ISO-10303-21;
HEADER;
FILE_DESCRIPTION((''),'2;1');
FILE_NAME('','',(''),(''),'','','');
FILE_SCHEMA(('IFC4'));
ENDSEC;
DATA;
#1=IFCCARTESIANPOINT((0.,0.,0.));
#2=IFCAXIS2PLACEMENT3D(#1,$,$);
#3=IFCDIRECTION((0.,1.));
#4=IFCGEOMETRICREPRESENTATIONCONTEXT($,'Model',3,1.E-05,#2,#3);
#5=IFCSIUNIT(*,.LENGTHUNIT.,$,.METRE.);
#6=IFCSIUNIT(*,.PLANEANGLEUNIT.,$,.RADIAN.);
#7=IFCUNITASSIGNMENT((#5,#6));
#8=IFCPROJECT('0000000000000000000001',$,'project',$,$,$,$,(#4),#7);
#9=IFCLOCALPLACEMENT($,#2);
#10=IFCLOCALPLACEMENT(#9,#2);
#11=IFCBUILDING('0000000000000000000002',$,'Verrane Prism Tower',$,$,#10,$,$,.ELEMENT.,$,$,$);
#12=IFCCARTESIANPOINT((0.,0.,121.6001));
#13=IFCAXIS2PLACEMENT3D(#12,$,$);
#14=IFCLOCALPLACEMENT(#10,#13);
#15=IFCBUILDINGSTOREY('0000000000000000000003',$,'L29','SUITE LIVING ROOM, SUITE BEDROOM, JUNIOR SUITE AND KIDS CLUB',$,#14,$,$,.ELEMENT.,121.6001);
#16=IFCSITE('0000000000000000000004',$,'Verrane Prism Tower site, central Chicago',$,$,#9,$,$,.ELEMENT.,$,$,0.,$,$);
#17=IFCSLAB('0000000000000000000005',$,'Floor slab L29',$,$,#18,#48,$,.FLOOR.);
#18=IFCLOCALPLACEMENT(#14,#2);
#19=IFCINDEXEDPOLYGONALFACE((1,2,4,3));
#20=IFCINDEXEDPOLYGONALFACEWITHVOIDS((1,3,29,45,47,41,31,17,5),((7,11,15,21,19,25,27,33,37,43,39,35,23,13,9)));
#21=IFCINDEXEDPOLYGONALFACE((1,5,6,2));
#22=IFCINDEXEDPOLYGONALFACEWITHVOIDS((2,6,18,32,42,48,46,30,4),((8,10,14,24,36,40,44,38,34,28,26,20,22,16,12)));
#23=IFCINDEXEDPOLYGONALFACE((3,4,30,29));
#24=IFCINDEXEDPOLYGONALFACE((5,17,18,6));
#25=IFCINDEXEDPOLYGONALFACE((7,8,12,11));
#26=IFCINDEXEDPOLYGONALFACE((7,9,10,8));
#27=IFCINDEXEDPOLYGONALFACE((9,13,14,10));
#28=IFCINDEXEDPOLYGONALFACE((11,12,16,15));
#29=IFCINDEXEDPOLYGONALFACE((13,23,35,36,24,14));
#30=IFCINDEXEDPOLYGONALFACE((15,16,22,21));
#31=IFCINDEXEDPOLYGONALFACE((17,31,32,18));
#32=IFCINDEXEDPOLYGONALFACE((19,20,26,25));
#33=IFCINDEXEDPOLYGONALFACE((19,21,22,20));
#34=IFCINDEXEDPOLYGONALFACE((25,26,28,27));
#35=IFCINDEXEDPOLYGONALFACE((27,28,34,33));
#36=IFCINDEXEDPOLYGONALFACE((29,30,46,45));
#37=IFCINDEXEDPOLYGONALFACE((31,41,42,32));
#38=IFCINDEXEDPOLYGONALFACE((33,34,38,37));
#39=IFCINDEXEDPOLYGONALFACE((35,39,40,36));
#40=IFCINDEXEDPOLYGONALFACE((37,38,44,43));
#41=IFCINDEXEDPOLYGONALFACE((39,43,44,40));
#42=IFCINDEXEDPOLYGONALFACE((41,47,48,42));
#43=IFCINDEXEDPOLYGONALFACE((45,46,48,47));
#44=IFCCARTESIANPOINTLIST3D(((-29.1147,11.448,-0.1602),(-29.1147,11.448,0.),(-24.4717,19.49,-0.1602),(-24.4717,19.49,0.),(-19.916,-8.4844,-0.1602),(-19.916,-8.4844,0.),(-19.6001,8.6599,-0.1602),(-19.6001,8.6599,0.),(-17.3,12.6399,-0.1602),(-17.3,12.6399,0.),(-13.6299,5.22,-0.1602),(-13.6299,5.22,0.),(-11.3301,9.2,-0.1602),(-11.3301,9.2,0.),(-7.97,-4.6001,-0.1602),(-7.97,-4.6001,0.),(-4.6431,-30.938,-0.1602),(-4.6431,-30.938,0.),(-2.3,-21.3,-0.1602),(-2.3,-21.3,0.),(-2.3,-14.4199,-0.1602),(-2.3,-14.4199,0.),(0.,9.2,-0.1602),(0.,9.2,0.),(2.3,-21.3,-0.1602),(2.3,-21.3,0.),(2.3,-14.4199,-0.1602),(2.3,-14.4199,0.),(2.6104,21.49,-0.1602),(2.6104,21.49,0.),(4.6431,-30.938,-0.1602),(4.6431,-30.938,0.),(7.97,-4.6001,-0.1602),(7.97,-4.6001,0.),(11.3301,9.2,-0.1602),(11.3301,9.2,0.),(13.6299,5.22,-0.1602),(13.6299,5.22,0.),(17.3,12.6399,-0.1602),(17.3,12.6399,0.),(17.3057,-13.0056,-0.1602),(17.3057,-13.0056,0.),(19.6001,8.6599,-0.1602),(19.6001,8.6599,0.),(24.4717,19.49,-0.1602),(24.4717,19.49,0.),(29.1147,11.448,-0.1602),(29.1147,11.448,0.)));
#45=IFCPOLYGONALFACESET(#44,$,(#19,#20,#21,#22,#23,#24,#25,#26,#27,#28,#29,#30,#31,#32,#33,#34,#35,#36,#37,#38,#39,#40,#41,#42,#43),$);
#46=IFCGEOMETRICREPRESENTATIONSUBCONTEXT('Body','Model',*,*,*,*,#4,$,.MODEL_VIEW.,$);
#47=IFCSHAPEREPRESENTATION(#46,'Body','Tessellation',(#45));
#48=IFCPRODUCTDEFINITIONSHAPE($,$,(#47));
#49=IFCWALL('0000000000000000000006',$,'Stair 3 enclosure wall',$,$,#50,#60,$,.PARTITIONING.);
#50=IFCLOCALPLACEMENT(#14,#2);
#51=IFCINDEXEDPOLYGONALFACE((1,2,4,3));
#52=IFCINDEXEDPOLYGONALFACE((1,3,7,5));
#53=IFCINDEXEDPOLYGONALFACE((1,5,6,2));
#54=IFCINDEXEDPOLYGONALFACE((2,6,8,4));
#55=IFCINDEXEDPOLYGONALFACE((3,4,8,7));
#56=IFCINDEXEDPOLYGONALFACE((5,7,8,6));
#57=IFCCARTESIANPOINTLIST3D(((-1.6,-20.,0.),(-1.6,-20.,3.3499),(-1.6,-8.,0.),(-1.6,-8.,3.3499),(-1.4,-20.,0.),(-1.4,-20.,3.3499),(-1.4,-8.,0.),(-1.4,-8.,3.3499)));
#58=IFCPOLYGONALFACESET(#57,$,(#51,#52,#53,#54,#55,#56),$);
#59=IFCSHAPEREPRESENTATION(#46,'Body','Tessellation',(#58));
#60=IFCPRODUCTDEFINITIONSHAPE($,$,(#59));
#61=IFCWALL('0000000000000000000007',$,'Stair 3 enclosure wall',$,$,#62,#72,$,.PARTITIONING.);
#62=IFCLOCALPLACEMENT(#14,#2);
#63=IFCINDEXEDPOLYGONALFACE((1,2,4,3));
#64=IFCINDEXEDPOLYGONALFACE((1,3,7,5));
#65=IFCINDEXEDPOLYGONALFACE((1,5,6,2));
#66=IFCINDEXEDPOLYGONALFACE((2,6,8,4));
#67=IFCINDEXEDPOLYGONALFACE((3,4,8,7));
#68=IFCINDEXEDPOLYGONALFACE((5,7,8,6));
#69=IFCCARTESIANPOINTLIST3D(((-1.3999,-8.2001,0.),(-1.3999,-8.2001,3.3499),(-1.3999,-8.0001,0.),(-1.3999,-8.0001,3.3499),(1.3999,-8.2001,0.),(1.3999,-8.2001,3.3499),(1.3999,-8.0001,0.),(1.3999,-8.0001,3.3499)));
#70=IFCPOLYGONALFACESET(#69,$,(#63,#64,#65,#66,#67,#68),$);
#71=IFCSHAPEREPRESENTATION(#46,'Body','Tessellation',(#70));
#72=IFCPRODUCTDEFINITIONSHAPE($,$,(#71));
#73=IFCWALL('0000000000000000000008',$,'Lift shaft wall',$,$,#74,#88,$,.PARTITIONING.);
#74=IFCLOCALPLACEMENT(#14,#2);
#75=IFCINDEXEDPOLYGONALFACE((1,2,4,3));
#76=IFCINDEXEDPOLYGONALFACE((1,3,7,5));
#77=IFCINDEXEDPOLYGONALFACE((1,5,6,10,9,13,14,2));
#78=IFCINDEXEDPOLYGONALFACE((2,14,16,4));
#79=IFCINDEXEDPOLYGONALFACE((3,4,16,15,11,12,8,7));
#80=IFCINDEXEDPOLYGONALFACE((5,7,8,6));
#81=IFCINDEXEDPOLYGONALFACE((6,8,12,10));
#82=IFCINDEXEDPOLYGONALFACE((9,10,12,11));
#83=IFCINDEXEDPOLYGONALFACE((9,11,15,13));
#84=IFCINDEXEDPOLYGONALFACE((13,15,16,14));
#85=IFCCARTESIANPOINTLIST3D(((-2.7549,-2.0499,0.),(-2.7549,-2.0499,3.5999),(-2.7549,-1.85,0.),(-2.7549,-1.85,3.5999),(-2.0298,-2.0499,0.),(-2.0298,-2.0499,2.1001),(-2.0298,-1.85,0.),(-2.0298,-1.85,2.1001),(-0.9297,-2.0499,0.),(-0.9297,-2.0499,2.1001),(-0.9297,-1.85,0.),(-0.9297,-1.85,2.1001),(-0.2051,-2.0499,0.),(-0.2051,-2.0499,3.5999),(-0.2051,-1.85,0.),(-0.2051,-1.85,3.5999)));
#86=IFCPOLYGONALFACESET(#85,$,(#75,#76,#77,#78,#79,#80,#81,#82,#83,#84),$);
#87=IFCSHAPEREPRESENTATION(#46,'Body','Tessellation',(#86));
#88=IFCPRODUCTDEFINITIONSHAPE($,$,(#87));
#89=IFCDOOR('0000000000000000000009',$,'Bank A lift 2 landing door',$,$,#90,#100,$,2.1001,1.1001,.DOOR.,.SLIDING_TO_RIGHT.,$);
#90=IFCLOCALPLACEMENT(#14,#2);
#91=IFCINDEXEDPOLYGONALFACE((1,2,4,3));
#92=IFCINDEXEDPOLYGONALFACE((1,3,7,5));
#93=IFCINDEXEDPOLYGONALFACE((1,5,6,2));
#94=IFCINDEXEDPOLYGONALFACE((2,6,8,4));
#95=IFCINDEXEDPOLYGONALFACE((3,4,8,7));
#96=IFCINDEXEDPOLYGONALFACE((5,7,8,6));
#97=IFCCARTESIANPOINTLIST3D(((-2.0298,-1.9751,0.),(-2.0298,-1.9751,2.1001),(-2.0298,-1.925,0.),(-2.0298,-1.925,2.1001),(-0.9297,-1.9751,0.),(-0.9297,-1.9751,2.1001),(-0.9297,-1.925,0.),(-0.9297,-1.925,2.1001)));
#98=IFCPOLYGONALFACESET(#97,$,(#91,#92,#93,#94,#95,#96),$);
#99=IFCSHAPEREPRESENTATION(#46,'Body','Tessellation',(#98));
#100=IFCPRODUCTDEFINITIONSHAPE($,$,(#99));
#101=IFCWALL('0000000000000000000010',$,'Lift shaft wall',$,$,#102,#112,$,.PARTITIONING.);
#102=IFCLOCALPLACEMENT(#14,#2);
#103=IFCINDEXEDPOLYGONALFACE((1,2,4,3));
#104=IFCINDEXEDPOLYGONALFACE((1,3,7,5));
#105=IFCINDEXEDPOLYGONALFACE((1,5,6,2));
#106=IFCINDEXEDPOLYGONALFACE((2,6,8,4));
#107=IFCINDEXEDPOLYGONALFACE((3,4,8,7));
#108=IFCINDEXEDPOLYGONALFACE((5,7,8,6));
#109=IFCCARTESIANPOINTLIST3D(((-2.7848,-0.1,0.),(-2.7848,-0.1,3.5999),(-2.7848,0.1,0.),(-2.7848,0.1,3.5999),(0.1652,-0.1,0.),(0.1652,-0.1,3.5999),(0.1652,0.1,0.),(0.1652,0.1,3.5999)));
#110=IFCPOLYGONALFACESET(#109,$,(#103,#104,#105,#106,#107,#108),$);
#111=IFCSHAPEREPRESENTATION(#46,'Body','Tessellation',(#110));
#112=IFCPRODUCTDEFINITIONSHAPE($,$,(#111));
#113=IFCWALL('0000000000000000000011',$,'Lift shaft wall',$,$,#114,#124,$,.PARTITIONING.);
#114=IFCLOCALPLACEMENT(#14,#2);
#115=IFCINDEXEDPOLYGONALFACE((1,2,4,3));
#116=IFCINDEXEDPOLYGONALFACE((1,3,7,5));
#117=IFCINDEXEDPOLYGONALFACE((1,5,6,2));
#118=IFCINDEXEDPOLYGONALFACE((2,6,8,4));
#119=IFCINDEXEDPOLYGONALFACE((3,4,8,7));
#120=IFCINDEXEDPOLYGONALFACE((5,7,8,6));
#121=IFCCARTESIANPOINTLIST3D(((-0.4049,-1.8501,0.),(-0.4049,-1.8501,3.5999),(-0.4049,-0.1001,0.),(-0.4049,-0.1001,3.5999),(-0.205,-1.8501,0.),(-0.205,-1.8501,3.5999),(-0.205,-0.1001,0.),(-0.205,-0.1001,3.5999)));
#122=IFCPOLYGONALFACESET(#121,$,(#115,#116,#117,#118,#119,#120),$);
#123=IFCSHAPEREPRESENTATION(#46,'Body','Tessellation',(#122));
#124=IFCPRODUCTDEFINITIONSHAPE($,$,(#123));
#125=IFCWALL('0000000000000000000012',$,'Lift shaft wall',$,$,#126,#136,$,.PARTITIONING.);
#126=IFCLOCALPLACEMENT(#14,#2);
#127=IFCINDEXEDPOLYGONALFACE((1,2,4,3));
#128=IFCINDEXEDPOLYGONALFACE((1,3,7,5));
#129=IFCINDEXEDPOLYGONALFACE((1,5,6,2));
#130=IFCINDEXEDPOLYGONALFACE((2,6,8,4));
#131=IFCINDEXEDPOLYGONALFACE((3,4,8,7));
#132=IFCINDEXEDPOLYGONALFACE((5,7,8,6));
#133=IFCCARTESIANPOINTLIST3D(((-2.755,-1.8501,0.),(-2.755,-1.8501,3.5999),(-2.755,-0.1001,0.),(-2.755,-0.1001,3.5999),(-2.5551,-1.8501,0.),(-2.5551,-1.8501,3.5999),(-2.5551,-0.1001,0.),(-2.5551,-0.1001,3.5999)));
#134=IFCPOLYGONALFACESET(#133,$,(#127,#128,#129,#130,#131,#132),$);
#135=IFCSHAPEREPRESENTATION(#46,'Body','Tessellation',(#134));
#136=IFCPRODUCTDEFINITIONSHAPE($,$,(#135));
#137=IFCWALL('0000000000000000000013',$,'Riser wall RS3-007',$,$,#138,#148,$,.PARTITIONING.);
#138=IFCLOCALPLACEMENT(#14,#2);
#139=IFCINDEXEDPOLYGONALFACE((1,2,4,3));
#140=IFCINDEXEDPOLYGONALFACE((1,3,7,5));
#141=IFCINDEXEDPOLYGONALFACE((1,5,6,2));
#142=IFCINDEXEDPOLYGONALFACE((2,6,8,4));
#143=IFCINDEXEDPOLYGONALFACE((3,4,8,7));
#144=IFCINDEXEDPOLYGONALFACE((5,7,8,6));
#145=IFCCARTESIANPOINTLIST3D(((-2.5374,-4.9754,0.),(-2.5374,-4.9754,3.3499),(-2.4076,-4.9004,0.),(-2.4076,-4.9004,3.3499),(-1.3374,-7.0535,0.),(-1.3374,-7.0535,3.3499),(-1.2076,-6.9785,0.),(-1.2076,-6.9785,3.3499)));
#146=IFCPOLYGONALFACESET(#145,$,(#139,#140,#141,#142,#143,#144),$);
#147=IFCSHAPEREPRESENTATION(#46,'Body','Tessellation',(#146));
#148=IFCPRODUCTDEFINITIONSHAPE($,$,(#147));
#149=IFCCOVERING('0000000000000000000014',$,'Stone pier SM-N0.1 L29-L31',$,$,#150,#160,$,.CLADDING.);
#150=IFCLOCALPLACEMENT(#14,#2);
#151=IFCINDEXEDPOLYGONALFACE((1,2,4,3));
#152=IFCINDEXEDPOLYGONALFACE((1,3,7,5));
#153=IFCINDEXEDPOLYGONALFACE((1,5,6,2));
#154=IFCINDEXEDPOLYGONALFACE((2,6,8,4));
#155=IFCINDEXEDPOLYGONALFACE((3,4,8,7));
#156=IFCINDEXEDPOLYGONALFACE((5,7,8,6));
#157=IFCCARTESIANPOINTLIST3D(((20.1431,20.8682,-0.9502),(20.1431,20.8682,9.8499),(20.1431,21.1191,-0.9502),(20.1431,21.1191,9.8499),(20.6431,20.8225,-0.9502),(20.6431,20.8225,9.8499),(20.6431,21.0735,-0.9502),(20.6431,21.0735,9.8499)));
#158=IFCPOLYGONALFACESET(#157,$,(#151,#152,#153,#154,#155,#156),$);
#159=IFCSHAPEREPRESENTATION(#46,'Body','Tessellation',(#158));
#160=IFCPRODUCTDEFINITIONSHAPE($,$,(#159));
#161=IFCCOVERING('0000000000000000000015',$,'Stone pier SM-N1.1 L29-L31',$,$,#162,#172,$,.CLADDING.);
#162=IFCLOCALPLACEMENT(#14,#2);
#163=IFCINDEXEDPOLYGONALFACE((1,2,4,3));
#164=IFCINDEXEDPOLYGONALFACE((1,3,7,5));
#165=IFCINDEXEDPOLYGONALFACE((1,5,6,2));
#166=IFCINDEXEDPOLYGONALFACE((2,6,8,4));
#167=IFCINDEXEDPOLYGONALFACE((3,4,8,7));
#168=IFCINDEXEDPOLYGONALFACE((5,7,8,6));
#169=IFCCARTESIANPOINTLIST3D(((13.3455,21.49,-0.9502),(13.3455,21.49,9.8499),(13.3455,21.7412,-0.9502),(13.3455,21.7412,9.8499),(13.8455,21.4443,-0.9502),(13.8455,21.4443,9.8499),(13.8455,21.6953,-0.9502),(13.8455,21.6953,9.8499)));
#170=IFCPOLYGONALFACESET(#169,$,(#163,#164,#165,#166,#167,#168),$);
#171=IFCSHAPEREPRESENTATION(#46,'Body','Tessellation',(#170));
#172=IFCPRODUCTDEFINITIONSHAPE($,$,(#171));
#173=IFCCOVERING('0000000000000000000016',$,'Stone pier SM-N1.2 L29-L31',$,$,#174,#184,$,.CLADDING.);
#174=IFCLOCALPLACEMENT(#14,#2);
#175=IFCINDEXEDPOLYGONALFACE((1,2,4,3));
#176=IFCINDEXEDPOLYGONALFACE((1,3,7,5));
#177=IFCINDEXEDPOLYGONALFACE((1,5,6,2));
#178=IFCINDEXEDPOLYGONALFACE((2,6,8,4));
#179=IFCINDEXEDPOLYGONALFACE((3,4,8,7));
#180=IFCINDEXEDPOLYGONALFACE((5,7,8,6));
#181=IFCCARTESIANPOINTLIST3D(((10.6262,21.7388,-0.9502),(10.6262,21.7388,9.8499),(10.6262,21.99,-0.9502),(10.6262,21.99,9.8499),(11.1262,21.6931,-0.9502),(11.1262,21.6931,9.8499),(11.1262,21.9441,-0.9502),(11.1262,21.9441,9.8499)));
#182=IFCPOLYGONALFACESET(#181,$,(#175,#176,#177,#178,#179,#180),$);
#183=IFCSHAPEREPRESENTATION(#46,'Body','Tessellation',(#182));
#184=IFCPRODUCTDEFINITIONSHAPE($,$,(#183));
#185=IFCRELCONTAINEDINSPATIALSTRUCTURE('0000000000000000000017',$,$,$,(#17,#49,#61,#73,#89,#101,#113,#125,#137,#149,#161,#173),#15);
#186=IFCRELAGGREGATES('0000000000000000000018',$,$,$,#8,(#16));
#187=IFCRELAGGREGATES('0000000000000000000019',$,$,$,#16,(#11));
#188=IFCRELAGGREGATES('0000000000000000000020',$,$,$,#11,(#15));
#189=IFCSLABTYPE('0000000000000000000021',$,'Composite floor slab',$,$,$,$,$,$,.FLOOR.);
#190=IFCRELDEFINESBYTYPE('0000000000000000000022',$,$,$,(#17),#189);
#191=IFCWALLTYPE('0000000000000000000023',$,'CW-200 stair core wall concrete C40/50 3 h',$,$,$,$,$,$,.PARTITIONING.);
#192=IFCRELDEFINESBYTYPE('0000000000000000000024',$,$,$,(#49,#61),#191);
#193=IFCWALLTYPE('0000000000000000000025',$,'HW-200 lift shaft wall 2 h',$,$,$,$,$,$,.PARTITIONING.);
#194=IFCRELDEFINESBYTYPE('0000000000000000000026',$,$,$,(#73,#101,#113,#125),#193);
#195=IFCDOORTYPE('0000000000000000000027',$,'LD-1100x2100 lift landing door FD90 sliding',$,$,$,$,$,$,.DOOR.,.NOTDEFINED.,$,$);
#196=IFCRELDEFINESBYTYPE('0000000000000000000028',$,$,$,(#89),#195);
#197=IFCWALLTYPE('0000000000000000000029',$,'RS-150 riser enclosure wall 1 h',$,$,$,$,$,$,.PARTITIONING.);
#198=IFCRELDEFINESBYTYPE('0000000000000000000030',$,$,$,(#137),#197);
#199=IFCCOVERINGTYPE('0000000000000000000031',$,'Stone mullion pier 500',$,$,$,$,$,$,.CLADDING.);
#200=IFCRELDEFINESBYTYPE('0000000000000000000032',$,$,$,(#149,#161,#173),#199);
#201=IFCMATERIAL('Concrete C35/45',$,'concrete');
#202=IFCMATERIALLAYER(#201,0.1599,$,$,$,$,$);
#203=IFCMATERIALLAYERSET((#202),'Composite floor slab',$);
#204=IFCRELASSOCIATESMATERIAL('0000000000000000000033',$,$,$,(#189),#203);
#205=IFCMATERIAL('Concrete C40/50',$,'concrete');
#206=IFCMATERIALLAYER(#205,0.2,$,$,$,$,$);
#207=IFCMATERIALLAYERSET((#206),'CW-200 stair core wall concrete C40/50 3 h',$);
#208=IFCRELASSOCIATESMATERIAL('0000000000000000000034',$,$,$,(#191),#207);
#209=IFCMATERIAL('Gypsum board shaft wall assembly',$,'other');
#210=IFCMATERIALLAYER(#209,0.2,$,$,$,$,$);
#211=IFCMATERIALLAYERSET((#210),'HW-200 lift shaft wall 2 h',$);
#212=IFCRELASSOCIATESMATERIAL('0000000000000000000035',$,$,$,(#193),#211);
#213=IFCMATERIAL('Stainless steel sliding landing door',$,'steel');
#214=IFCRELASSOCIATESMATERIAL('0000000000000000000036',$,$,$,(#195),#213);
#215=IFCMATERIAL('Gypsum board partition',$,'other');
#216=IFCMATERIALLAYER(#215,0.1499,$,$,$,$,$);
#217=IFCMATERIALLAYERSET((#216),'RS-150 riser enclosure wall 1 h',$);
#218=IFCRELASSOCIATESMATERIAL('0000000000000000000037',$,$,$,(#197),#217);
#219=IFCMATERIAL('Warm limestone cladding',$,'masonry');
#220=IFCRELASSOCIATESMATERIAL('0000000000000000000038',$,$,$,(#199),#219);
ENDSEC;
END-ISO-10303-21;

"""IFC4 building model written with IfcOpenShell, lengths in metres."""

from ifc_helpers import new_model, si_unit, direction, frame, frame_2d, origin, place, context, subcontext, project, spatial, polyline, rectangle, outline, extrude, material, layer, layer_set, type_object, element, fill, save


model = new_model("IFC4")

# Units and contexts
model_context = context("Model", 3, precision=1e-05, world=origin(), true_north=direction((0.0, 1.0)))
body_context = subcontext(model_context, "Body", "Model", "MODEL_VIEW")
ifc_project = project(units=[si_unit("LENGTHUNIT", "METRE"), si_unit("PLANEANGLEUNIT", "RADIAN")], contexts=[model_context])

# Site, building, storey
site_placement = place(None, origin())
site = spatial("IfcSite", under=ifc_project, at=site_placement, Name="Verrane Prism Tower site, central Chicago", CompositionType="ELEMENT", RefElevation=0.0)
building_placement = place(site_placement, origin())
building = spatial("IfcBuilding", under=site, at=building_placement, Name="Verrane Prism Tower", CompositionType="ELEMENT")
storey_placement = place(building_placement, frame((0.0, 0.0, 121.6001)))
storey = spatial("IfcBuildingStorey", under=building, at=storey_placement, Name="L29", Description="SUITE LIVING ROOM, SUITE BEDROOM, JUNIOR SUITE AND KIDS CLUB", CompositionType="ELEMENT", Elevation=121.6001)

# Slab
ifc_material_1 = material(Name="Concrete C35/45", Category="concrete")
ifc_layer_1 = layer(ifc_material_1, 0.1599)
ifc_layer_set_1 = layer_set([ifc_layer_1], Name="Composite floor slab")
slab_type = type_object("IfcSlabType", Name="Composite floor slab", PredefinedType="FLOOR", material=ifc_layer_set_1)
slab_placement = place(storey_placement, frame((0.0, 0.0, -0.1602)))
element("IfcSlab", 1, at=slab_placement, inside=storey, type_object=slab_type, Name="Floor slab L29", PredefinedType="FLOOR", context=body_context, shape_type="SweptSolid", body=[
    extrude(outline(polyline([(17.3057, -13.0056), (4.6431, -30.938), (-4.6431, -30.938), (-19.916, -8.4844), (-29.1147, 11.448), (-24.4717, 19.49), (2.6104, 21.49), (24.4717, 19.49), (29.1147, 11.448), (17.3057, -13.0056)]), holes=[polyline([(19.6001, 8.6599), (17.3, 12.6399), (11.3301, 9.2), (0.0, 9.2), (-11.3301, 9.2), (-17.3, 12.6399), (-19.6001, 8.6599), (-13.6299, 5.22), (-7.97, -4.6001), (-2.3, -14.4199), (-2.3, -21.3), (2.3, -21.3), (2.3, -14.4199), (7.97, -4.6001), (13.6299, 5.22), (19.6001, 8.6599)])]), origin(), (0.0, 0.0, 1.0), 0.1602),
])

# Walls
ifc_material_2 = material(Name="Concrete C40/50", Category="concrete")
ifc_layer_2 = layer(ifc_material_2, 0.2)
ifc_layer_set_2 = layer_set([ifc_layer_2], Name="CW-200 stair core wall concrete C40/50 3 h")
wall_type_1 = type_object("IfcWallType", Name="CW-200 stair core wall concrete C40/50 3 h", PredefinedType="PARTITIONING", material=ifc_layer_set_2)
wall_1_placement = place(storey_placement, frame((-1.5, -8.0, 0.0), z_axis=(0.0, 0.0, 1.0), x_axis=(0.0, -1.0, 0.0)))
element("IfcWall", 2, at=wall_1_placement, inside=storey, type_object=wall_type_1, Name="Stair 3 enclosure wall", PredefinedType="PARTITIONING", context=body_context, shape_type="SweptSolid", body=[
    extrude(rectangle(XDim=12.0, YDim=0.2, at=frame_2d((6.0, 0.0))), origin(), (0.0, 0.0, 1.0), 3.3499),
])
wall_2_placement = place(storey_placement, frame((-1.3999, -8.1001, 0.0), z_axis=(0.0, 0.0, 1.0), x_axis=(1.0, 0.0, 0.0)))
element("IfcWall", 3, at=wall_2_placement, inside=storey, type_object=wall_type_1, Name="Stair 3 enclosure wall", PredefinedType="PARTITIONING", context=body_context, shape_type="SweptSolid", body=[
    extrude(rectangle(XDim=2.7998, YDim=0.2, at=frame_2d((1.3999, 0.0))), origin(), (0.0, 0.0, 1.0), 3.3499),
])

# Wall, opening, door
ifc_material_3 = material(Name="Gypsum board shaft wall assembly", Category="other")
ifc_layer_3 = layer(ifc_material_3, 0.2)
ifc_layer_set_3 = layer_set([ifc_layer_3], Name="HW-200 lift shaft wall 2 h")
wall_type_2 = type_object("IfcWallType", Name="HW-200 lift shaft wall 2 h", PredefinedType="PARTITIONING", material=ifc_layer_set_3)
wall_3_placement = place(storey_placement, frame((-2.7549, -1.95, 0.0), z_axis=(0.0, 0.0, 1.0), x_axis=(1.0, 0.0, 0.0)))
wall_3 = element("IfcWall", 4, at=wall_3_placement, inside=storey, type_object=wall_type_2, Name="Lift shaft wall", PredefinedType="PARTITIONING", context=body_context, shape_type="SweptSolid", body=[
    extrude(rectangle(XDim=2.5498, YDim=0.2, at=frame_2d((1.2749, 0.0))), origin(), (0.0, 0.0, 1.0), 3.5999),
])
opening_placement = place(wall_3_placement, frame((0.7251, 0.0, 0.0)))
opening = element("IfcOpeningElement", 5, at=opening_placement, cuts=wall_3, PredefinedType="OPENING", context=body_context, shape_type="SweptSolid", body=[
    extrude(rectangle(XDim=1.1001, YDim=2.1001, at=frame_2d((0.55, 1.05))), frame((0.0, 0.1099, 0.0), z_axis=(0.0, -1.0, 0.0), x_axis=(1.0, 0.0, 0.0)), (0.0, 0.0, 1.0), 0.22),
])
ifc_material_4 = material(Name="Stainless steel sliding landing door", Category="steel")
door_type = type_object("IfcDoorType", Name="LD-1100x2100 lift landing door FD90 sliding", OperationType="NOTDEFINED", PredefinedType="DOOR", material=ifc_material_4)
door_placement = place(opening_placement, origin())
door = element("IfcDoor", 6, at=door_placement, inside=storey, type_object=door_type, Name="Bank A lift 2 landing door", OperationType="SLIDING_TO_RIGHT", OverallHeight=2.1001, OverallWidth=1.1001, PredefinedType="DOOR", context=body_context, shape_type="SweptSolid", body=[
    extrude(rectangle(XDim=1.1001, YDim=2.1001, at=frame_2d((0.55, 1.05))), frame((0.0, 0.0249, 0.0), z_axis=(0.0, -1.0, 0.0), x_axis=(1.0, 0.0, 0.0)), (0.0, 0.0, 1.0), 0.05),
])
fill(opening, door)

# Walls
wall_4_placement = place(storey_placement, frame((-2.7849, 0.0, 0.0), z_axis=(0.0, 0.0, 1.0), x_axis=(1.0, 0.0, 0.0)))
element("IfcWall", 7, at=wall_4_placement, inside=storey, type_object=wall_type_2, Name="Lift shaft wall", PredefinedType="PARTITIONING", context=body_context, shape_type="SweptSolid", body=[
    extrude(rectangle(XDim=2.95, YDim=0.2, at=frame_2d((1.4751, 0.0))), origin(), (0.0, 0.0, 1.0), 3.5999),
])
for number, where, z_axis, x_axis, name in (
    (8, (-0.3049, -1.8501, 0.0), (0.0, 0.0, 1.0), (0.0, 1.0, 0.0), "Lift shaft wall"),
    (9, (-2.655, -1.8501, 0.0), (0.0, 0.0, 1.0), (0.0, 1.0, 0.0), "Lift shaft wall"),
):
    element("IfcWall", number, at=place(storey_placement, frame(where, z_axis=z_axis, x_axis=x_axis)), inside=storey, type_object=wall_type_2, Name=name, PredefinedType="PARTITIONING", context=body_context, shape_type="SweptSolid", body=[
        extrude(rectangle(XDim=1.75, YDim=0.2, at=frame_2d((0.875, 0.0))), origin(), (0.0, 0.0, 1.0), 3.5999),
    ])
ifc_material_5 = material(Name="Gypsum board partition", Category="other")
ifc_layer_4 = layer(ifc_material_5, 0.1499)
ifc_layer_set_4 = layer_set([ifc_layer_4], Name="RS-150 riser enclosure wall 1 h")
wall_type_3 = type_object("IfcWallType", Name="RS-150 riser enclosure wall 1 h", PredefinedType="PARTITIONING", material=ifc_layer_set_4)
wall_5_placement = place(storey_placement, frame((-2.4724, -4.938, 0.0), z_axis=(0.0, 0.0, 1.0), x_axis=(0.500045, -0.865999, 0.0)))
element("IfcWall", 10, at=wall_5_placement, inside=storey, type_object=wall_type_3, Name="Riser wall RS3-007", PredefinedType="PARTITIONING", context=body_context, shape_type="SweptSolid", body=[
    extrude(rectangle(XDim=2.3997, YDim=0.1499, at=frame_2d((1.1997, 0.0))), origin(), (0.0, 0.0, 1.0), 3.3499),
])

# Coverings
ifc_material_6 = material(Name="Warm limestone cladding", Category="masonry")
covering_type_1 = type_object("IfcCoveringType", Name="Stone mullion pier 500", PredefinedType="CLADDING", material=ifc_material_6)
covering_1_placement = place(storey_placement, frame((0.0, 0.0, -0.9502)))
element("IfcCovering", 11, at=covering_1_placement, inside=storey, type_object=covering_type_1, Name="Stone pier SM-N0.1 L29-L31", PredefinedType="CLADDING", context=body_context, shape_type="SweptSolid", body=[
    extrude(outline(polyline([(20.1431, 20.8682), (20.6431, 20.8225), (20.6431, 21.0735), (20.1431, 21.1191), (20.1431, 20.8682)])), origin(), (0.0, 0.0, 1.0), 10.8),
])
covering_2_placement = place(storey_placement, frame((0.0, 0.0, -0.9502)))
element("IfcCovering", 12, at=covering_2_placement, inside=storey, type_object=covering_type_1, Name="Stone pier SM-N1.1 L29-L31", PredefinedType="CLADDING", context=body_context, shape_type="SweptSolid", body=[
    extrude(outline(polyline([(13.3455, 21.49), (13.8455, 21.4443), (13.8455, 21.6953), (13.3455, 21.7412), (13.3455, 21.49)])), origin(), (0.0, 0.0, 1.0), 10.8),
])
covering_3_placement = place(storey_placement, frame((0.0, 0.0, -0.9502)))
element("IfcCovering", 13, at=covering_3_placement, inside=storey, type_object=covering_type_1, Name="Stone pier SM-N1.2 L29-L31", PredefinedType="CLADDING", context=body_context, shape_type="SweptSolid", body=[
    extrude(outline(polyline([(10.6262, 21.7388), (11.1262, 21.6931), (11.1262, 21.9441), (10.6262, 21.99), (10.6262, 21.7388)])), origin(), (0.0, 0.0, 1.0), 10.8),
])

save(model, "model.ifc")
